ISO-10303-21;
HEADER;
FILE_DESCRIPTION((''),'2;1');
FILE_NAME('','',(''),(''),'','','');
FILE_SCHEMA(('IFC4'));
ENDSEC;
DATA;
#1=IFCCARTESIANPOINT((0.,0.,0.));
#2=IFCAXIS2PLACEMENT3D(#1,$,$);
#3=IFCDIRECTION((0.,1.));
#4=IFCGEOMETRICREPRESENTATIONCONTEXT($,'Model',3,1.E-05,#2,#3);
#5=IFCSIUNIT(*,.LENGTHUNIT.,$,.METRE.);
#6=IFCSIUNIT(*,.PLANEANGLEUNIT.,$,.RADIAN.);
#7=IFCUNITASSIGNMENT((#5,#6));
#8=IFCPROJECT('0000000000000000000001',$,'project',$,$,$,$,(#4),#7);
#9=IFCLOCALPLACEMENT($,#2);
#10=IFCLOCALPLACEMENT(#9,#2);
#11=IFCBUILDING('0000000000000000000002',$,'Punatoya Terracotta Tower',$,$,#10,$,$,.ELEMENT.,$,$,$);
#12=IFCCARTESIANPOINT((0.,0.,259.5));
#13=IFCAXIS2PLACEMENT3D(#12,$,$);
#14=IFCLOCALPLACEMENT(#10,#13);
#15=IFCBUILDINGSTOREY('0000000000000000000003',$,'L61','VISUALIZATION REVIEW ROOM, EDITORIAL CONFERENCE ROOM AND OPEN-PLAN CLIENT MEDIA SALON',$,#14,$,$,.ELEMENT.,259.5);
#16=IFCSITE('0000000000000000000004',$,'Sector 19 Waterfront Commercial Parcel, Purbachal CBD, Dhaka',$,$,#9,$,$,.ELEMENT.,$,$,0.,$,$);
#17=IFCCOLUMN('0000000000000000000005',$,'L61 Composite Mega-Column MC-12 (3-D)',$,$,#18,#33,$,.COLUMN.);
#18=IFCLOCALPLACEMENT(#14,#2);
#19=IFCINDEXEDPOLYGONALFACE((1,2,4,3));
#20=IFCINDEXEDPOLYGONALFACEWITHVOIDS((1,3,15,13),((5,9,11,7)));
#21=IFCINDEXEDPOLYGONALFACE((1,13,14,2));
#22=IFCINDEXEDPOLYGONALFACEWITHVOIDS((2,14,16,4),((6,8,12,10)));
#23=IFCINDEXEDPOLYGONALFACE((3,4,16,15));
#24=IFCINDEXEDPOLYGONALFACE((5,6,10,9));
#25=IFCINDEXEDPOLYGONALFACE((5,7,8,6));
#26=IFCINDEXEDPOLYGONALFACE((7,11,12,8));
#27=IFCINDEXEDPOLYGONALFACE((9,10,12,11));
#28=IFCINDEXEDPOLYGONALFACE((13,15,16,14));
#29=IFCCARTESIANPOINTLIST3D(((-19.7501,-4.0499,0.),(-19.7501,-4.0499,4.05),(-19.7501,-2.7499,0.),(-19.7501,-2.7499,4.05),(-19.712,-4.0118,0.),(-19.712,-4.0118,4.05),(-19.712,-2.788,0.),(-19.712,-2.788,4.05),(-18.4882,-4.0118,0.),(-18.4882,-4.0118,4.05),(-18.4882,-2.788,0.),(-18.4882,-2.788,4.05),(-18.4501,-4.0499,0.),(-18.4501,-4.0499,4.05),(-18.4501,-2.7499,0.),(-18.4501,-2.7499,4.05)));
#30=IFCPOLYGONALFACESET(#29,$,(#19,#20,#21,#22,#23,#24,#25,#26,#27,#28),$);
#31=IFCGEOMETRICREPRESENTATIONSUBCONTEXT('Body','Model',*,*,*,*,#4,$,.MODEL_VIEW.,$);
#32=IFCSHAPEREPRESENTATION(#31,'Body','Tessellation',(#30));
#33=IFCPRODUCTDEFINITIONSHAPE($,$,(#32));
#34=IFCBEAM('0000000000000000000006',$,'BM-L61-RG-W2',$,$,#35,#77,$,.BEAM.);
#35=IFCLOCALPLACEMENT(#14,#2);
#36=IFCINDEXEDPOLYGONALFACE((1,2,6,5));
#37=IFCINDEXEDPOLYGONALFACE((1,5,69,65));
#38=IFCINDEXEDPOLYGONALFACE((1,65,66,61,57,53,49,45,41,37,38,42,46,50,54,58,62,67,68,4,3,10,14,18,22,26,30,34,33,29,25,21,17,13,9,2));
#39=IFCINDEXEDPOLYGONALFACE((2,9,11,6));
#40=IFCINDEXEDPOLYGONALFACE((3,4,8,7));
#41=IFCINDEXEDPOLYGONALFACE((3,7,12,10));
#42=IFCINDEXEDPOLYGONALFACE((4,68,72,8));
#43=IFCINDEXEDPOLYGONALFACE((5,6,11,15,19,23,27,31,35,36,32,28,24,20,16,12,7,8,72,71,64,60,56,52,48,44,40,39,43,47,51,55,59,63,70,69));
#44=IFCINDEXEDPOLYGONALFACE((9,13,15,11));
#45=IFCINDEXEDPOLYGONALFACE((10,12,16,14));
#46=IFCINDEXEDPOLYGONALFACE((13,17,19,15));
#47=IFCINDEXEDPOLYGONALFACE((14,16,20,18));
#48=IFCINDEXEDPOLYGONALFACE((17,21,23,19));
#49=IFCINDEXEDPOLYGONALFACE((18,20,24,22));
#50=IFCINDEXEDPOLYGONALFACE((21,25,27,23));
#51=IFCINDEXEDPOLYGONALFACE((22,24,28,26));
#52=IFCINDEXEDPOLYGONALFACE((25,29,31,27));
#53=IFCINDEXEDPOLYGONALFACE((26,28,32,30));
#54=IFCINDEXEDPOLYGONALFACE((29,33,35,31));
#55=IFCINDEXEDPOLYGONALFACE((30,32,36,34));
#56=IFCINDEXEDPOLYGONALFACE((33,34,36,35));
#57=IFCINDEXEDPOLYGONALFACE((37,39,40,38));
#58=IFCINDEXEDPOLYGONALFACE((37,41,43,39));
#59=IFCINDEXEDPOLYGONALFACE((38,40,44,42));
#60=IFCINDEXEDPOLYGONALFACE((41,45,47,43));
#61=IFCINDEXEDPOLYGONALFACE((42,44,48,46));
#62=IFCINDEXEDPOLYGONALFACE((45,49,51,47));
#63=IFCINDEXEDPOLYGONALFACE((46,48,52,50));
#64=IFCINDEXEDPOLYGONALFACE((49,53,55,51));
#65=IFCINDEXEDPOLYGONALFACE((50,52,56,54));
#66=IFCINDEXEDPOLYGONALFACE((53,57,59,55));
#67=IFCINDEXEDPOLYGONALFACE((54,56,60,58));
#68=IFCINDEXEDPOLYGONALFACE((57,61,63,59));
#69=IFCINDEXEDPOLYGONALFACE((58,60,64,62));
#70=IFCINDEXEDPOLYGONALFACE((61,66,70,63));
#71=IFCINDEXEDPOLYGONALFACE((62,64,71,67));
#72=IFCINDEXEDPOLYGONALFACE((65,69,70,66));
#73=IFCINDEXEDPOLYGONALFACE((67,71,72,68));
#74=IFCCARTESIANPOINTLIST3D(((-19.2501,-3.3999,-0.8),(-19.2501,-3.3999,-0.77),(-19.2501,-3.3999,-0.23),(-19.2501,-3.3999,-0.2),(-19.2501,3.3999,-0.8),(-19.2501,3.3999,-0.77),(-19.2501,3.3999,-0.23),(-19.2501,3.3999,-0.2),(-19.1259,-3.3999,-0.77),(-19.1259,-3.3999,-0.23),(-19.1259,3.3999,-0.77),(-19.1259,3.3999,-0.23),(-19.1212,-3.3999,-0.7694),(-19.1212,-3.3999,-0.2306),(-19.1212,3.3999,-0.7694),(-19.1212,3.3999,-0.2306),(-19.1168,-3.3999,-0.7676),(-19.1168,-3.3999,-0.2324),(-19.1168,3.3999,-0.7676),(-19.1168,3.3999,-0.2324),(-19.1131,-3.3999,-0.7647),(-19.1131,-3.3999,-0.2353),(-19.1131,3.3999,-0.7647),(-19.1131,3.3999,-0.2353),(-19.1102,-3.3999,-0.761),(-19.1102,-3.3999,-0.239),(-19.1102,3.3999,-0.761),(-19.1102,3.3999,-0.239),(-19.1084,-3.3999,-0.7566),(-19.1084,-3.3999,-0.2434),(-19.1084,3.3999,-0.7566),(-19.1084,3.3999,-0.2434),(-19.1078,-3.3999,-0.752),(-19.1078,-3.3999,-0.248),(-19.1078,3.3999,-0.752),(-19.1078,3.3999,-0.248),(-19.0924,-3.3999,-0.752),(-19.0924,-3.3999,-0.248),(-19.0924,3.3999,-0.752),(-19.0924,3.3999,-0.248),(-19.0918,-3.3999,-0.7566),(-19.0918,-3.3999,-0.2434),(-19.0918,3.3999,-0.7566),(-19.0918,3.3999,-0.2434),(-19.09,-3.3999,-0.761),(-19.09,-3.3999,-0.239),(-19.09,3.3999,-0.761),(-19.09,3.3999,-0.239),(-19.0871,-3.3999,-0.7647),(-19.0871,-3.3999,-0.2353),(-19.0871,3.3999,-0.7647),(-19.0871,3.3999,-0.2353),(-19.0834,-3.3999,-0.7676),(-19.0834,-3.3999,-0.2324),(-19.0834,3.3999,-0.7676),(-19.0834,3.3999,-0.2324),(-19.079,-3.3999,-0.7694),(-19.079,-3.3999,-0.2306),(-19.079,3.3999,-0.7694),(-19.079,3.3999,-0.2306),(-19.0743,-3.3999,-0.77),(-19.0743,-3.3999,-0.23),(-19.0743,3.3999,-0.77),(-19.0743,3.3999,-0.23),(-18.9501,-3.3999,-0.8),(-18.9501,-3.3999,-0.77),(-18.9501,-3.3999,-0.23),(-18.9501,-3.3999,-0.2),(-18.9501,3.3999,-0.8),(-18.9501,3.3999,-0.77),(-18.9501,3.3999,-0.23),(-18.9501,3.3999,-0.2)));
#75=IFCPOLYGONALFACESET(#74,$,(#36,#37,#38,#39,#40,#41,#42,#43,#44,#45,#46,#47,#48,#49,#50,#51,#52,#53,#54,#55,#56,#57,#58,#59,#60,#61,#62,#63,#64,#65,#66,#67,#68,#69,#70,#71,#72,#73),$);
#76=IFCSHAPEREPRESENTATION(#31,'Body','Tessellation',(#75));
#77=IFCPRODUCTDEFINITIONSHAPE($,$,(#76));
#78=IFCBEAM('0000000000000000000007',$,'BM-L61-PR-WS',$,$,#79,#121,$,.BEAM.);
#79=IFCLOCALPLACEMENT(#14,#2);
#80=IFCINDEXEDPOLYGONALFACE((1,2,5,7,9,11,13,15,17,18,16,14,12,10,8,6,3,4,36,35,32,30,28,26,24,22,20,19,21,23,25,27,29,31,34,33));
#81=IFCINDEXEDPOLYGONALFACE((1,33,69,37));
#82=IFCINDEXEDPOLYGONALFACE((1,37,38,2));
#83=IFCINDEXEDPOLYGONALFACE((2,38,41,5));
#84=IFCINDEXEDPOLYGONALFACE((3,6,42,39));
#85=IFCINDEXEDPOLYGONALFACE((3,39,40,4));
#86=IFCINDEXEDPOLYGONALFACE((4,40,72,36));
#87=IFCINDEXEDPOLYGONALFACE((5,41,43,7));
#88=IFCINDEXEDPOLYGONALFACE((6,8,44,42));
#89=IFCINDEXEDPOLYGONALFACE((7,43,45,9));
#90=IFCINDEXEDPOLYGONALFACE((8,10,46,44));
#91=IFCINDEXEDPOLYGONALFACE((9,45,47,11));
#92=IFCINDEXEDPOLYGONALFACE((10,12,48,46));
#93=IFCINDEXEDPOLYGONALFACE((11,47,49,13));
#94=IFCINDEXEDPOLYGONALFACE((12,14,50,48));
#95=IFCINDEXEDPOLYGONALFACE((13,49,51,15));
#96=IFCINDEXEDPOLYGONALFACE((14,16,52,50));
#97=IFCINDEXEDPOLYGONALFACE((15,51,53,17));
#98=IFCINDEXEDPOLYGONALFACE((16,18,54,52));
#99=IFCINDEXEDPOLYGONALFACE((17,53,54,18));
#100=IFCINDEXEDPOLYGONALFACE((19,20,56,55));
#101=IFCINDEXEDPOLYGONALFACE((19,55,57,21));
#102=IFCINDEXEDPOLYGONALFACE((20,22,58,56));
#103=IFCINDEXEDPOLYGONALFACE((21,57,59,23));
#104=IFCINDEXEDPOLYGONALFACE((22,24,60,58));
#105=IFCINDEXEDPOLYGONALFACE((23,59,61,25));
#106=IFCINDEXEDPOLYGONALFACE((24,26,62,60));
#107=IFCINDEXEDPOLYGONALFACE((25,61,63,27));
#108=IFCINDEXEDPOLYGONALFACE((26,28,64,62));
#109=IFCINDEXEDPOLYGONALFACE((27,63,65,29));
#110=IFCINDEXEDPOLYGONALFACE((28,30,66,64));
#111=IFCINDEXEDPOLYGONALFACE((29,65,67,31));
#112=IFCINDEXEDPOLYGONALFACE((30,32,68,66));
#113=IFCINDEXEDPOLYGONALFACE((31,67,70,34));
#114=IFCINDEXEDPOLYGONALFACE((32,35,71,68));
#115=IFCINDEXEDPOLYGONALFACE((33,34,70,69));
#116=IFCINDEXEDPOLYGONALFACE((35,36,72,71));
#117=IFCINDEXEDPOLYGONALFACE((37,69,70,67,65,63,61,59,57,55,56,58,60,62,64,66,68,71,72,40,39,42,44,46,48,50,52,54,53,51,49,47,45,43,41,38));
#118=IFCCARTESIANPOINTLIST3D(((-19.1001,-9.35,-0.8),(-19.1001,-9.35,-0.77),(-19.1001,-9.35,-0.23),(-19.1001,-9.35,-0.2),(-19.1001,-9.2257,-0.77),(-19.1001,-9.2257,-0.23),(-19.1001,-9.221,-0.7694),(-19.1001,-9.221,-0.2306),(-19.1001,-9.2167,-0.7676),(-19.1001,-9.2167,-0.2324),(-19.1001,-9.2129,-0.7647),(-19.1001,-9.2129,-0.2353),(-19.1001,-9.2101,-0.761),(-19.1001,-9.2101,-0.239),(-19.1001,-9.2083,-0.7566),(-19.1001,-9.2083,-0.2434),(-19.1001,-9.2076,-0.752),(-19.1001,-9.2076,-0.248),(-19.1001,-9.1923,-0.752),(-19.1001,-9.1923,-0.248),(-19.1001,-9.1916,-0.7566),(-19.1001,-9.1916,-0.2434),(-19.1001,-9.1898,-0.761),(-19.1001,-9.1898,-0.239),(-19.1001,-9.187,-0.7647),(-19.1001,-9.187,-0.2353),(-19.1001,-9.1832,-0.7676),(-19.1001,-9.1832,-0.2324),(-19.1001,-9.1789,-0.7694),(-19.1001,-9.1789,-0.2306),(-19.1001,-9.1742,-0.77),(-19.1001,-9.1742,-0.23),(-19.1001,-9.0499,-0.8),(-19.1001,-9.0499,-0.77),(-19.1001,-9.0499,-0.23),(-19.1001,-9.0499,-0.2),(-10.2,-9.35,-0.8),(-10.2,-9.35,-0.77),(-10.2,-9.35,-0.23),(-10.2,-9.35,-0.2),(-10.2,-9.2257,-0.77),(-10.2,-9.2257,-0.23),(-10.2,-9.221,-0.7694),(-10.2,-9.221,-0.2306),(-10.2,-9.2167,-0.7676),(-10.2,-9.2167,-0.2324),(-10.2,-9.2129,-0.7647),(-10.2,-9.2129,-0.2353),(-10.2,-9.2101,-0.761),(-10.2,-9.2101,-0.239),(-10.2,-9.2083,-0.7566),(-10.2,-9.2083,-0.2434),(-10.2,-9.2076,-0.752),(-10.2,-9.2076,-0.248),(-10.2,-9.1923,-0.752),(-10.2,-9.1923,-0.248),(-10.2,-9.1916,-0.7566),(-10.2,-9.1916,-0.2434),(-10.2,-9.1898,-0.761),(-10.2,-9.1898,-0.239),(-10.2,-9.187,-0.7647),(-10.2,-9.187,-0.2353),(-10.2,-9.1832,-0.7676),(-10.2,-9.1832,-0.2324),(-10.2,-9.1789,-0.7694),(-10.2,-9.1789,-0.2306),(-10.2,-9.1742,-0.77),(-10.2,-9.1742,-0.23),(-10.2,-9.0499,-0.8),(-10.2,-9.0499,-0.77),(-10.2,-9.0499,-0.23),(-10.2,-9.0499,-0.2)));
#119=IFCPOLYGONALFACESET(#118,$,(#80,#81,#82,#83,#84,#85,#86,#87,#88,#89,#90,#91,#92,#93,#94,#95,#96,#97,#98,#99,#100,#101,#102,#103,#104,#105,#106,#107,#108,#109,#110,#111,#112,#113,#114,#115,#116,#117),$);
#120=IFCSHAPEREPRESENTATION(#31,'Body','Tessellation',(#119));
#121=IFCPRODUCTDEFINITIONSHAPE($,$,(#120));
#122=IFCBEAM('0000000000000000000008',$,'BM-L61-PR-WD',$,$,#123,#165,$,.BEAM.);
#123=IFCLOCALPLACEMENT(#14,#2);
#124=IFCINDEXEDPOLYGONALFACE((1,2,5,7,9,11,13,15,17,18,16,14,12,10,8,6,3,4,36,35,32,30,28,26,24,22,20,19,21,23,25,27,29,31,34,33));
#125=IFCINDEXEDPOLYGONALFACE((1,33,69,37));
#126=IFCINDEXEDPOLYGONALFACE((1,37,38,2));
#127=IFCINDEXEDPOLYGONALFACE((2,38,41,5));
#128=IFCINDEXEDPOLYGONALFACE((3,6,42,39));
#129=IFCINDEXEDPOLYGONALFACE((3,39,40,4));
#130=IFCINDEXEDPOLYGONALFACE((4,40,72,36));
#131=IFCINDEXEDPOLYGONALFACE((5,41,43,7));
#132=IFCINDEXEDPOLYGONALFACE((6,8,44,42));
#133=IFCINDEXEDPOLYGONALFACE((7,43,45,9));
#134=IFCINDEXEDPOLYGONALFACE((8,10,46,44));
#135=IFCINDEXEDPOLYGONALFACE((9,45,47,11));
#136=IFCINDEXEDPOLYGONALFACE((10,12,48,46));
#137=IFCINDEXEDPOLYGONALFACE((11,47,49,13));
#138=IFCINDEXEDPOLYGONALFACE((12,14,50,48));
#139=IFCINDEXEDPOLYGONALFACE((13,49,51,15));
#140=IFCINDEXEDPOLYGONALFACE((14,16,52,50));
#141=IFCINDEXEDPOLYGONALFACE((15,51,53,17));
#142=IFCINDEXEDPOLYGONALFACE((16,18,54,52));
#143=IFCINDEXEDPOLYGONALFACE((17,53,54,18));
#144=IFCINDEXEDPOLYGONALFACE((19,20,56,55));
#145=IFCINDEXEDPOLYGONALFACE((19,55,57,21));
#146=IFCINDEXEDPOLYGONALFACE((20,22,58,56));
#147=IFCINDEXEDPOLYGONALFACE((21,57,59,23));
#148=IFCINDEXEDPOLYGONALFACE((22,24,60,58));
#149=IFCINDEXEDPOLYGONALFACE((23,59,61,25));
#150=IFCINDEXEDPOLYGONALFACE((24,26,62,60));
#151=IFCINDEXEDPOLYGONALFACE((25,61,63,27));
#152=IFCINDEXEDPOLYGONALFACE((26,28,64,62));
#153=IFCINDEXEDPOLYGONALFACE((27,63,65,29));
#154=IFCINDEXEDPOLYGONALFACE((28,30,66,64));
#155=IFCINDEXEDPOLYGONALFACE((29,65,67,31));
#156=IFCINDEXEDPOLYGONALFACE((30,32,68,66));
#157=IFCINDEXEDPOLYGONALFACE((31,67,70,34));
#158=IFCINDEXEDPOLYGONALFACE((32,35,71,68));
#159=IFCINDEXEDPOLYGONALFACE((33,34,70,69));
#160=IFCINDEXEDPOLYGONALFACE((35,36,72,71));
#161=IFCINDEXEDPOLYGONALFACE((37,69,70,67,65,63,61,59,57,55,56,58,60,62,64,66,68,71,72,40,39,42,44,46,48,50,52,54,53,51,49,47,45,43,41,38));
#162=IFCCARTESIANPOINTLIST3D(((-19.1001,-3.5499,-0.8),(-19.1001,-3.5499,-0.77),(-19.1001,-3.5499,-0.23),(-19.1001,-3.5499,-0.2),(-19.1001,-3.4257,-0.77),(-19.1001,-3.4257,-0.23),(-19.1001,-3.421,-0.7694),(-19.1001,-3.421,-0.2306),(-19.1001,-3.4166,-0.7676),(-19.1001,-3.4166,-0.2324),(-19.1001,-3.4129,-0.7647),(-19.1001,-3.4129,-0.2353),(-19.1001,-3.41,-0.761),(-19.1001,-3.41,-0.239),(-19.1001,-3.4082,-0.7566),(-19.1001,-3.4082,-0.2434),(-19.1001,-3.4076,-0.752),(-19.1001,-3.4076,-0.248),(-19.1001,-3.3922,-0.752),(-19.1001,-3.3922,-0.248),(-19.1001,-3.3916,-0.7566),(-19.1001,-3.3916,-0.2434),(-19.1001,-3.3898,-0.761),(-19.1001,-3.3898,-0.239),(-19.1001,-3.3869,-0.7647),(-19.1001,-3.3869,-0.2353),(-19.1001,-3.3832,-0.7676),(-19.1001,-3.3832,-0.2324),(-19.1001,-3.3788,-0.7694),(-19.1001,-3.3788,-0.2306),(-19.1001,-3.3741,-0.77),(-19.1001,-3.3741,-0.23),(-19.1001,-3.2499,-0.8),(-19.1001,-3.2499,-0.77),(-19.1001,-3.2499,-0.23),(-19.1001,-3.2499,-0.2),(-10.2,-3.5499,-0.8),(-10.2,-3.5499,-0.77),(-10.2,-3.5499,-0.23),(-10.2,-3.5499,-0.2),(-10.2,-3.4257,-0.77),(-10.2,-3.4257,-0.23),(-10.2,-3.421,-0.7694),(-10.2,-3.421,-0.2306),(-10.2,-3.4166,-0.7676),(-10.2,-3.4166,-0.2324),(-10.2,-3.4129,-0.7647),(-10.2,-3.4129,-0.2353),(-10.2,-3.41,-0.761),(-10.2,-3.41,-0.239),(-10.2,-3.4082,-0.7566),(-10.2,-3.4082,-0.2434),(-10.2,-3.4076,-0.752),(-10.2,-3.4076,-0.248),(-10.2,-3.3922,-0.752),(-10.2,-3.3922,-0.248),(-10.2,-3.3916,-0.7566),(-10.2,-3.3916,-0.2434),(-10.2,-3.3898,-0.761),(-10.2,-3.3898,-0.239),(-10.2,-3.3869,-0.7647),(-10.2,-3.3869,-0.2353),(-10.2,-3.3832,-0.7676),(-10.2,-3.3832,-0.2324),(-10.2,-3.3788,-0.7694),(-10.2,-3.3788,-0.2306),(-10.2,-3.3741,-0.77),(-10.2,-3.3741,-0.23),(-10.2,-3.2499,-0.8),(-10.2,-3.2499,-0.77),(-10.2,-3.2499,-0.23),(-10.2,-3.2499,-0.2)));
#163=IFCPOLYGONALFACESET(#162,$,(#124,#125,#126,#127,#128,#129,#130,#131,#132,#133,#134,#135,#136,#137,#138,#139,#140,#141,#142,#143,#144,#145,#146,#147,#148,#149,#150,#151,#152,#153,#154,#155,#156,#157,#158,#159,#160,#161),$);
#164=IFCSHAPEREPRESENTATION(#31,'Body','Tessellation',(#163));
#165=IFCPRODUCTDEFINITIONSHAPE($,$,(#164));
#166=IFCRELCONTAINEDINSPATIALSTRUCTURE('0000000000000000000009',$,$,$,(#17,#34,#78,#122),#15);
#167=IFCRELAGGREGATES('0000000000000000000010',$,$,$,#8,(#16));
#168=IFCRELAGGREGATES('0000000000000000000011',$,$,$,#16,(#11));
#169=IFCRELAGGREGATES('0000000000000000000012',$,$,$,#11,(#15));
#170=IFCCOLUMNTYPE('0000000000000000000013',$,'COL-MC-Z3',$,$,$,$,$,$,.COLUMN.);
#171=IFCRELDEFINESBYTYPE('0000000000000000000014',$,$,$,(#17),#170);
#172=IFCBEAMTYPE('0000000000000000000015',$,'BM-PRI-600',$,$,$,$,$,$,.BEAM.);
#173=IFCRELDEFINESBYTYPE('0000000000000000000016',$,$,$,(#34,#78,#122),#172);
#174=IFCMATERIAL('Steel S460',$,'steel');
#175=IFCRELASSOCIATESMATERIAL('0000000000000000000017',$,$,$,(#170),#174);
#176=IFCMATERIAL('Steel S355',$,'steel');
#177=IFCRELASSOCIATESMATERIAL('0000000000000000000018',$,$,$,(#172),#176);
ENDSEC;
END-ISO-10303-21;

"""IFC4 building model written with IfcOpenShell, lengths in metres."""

from ifc_helpers import new_model, si_unit, direction, frame, origin, origin_2d, place, context, subcontext, project, spatial, hollow_rectangle, i_section, extrude, material, material_profile, profile_set, type_object, element, save


model = new_model("IFC4")

# Units and contexts
model_context = context("Model", 3, precision=1e-05, world=origin(), true_north=direction((0.0, 1.0)))
body_context = subcontext(model_context, "Body", "Model", "MODEL_VIEW")
ifc_project = project(units=[si_unit("LENGTHUNIT", "METRE"), si_unit("PLANEANGLEUNIT", "RADIAN")], contexts=[model_context])

# Site, building, storey
site_placement = place(None, origin())
site = spatial("IfcSite", under=ifc_project, at=site_placement, Name="Sector 19 Waterfront Commercial Parcel, Purbachal CBD, Dhaka", CompositionType="ELEMENT", RefElevation=0.0)
building_placement = place(site_placement, origin())
building = spatial("IfcBuilding", under=site, at=building_placement, Name="Punatoya Terracotta Tower", CompositionType="ELEMENT")
storey_placement = place(building_placement, frame((0.0, 0.0, 259.5)))
storey = spatial("IfcBuildingStorey", under=building, at=storey_placement, Name="L61", Description="VISUALIZATION REVIEW ROOM, EDITORIAL CONFERENCE ROOM AND OPEN-PLAN CLIENT MEDIA SALON", CompositionType="ELEMENT", Elevation=259.5)

# Column
ifc_material_1 = material(Name="Steel S460", Category="steel")
ifc_material_profile_1 = material_profile(ifc_material_1, hollow_rectangle(XDim=1.3, YDim=1.3, WallThickness=0.0381, at=origin_2d()))
ifc_profile_set_1 = profile_set([ifc_material_profile_1], Name="Steel S460")
column_type = type_object("IfcColumnType", Name="COL-MC-Z3", PredefinedType="COLUMN", material=ifc_profile_set_1)
column_placement = place(storey_placement, frame((-19.1001, -3.3999, 0.0), z_axis=(0.0, 0.0, 1.0), x_axis=(1.0, 0.0, 0.0)))
element("IfcColumn", 1, at=column_placement, inside=storey, type_object=column_type, Name="L61 Composite Mega-Column MC-12 (3-D)", PredefinedType="COLUMN", context=body_context, shape_type="SweptSolid", body=[
    extrude(hollow_rectangle(XDim=1.3, YDim=1.3, WallThickness=0.0381, at=origin_2d()), origin(), (0.0, 0.0, 1.0), 4.05),
])

# Beams
ifc_material_2 = material(Name="Steel S355", Category="steel")
ifc_material_profile_2 = material_profile(ifc_material_2, i_section(OverallWidth=0.3, OverallDepth=0.6001, WebThickness=0.0154, FlangeThickness=0.03, FilletRadius=0.0181, at=origin_2d()))
ifc_profile_set_2 = profile_set([ifc_material_profile_2], Name="Steel S355")
beam_type_1 = type_object("IfcBeamType", Name="BM-PRI-600", PredefinedType="BEAM", material=ifc_profile_set_2)
beam_1_placement = place(storey_placement, frame((-19.1001, -3.3999, -0.5), z_axis=(0.0, 1.0, 0.0), x_axis=(-1.0, 0.0, 0.0)))
element("IfcBeam", 2, at=beam_1_placement, inside=storey, type_object=beam_type_1, Name="BM-L61-RG-W2", PredefinedType="BEAM", context=body_context, shape_type="SweptSolid", body=[
    extrude(i_section(OverallWidth=0.3, OverallDepth=0.6001, WebThickness=0.0154, FlangeThickness=0.03, FilletRadius=0.0181, at=origin_2d()), origin(), (0.0, 0.0, 1.0), 6.7998),
])
for number, where, z_axis, x_axis, name in (
    (3, (-19.1001, -9.2, -0.5), (1.0, 0.0, 0.0), (0.0, 1.0, 0.0), "BM-L61-PR-WS"),
    (4, (-19.1001, -3.3999, -0.5), (1.0, 0.0, 0.0), (0.0, 1.0, 0.0), "BM-L61-PR-WD"),
):
    element("IfcBeam", number, at=place(storey_placement, frame(where, z_axis=z_axis, x_axis=x_axis)), inside=storey, type_object=beam_type_1, Name=name, PredefinedType="BEAM", context=body_context, shape_type="SweptSolid", body=[
        extrude(i_section(OverallWidth=0.3, OverallDepth=0.6001, WebThickness=0.0154, FlangeThickness=0.03, FilletRadius=0.0181, at=origin_2d()), origin(), (0.0, 0.0, 1.0), 8.9001),
    ])

save(model, "model.ifc")
